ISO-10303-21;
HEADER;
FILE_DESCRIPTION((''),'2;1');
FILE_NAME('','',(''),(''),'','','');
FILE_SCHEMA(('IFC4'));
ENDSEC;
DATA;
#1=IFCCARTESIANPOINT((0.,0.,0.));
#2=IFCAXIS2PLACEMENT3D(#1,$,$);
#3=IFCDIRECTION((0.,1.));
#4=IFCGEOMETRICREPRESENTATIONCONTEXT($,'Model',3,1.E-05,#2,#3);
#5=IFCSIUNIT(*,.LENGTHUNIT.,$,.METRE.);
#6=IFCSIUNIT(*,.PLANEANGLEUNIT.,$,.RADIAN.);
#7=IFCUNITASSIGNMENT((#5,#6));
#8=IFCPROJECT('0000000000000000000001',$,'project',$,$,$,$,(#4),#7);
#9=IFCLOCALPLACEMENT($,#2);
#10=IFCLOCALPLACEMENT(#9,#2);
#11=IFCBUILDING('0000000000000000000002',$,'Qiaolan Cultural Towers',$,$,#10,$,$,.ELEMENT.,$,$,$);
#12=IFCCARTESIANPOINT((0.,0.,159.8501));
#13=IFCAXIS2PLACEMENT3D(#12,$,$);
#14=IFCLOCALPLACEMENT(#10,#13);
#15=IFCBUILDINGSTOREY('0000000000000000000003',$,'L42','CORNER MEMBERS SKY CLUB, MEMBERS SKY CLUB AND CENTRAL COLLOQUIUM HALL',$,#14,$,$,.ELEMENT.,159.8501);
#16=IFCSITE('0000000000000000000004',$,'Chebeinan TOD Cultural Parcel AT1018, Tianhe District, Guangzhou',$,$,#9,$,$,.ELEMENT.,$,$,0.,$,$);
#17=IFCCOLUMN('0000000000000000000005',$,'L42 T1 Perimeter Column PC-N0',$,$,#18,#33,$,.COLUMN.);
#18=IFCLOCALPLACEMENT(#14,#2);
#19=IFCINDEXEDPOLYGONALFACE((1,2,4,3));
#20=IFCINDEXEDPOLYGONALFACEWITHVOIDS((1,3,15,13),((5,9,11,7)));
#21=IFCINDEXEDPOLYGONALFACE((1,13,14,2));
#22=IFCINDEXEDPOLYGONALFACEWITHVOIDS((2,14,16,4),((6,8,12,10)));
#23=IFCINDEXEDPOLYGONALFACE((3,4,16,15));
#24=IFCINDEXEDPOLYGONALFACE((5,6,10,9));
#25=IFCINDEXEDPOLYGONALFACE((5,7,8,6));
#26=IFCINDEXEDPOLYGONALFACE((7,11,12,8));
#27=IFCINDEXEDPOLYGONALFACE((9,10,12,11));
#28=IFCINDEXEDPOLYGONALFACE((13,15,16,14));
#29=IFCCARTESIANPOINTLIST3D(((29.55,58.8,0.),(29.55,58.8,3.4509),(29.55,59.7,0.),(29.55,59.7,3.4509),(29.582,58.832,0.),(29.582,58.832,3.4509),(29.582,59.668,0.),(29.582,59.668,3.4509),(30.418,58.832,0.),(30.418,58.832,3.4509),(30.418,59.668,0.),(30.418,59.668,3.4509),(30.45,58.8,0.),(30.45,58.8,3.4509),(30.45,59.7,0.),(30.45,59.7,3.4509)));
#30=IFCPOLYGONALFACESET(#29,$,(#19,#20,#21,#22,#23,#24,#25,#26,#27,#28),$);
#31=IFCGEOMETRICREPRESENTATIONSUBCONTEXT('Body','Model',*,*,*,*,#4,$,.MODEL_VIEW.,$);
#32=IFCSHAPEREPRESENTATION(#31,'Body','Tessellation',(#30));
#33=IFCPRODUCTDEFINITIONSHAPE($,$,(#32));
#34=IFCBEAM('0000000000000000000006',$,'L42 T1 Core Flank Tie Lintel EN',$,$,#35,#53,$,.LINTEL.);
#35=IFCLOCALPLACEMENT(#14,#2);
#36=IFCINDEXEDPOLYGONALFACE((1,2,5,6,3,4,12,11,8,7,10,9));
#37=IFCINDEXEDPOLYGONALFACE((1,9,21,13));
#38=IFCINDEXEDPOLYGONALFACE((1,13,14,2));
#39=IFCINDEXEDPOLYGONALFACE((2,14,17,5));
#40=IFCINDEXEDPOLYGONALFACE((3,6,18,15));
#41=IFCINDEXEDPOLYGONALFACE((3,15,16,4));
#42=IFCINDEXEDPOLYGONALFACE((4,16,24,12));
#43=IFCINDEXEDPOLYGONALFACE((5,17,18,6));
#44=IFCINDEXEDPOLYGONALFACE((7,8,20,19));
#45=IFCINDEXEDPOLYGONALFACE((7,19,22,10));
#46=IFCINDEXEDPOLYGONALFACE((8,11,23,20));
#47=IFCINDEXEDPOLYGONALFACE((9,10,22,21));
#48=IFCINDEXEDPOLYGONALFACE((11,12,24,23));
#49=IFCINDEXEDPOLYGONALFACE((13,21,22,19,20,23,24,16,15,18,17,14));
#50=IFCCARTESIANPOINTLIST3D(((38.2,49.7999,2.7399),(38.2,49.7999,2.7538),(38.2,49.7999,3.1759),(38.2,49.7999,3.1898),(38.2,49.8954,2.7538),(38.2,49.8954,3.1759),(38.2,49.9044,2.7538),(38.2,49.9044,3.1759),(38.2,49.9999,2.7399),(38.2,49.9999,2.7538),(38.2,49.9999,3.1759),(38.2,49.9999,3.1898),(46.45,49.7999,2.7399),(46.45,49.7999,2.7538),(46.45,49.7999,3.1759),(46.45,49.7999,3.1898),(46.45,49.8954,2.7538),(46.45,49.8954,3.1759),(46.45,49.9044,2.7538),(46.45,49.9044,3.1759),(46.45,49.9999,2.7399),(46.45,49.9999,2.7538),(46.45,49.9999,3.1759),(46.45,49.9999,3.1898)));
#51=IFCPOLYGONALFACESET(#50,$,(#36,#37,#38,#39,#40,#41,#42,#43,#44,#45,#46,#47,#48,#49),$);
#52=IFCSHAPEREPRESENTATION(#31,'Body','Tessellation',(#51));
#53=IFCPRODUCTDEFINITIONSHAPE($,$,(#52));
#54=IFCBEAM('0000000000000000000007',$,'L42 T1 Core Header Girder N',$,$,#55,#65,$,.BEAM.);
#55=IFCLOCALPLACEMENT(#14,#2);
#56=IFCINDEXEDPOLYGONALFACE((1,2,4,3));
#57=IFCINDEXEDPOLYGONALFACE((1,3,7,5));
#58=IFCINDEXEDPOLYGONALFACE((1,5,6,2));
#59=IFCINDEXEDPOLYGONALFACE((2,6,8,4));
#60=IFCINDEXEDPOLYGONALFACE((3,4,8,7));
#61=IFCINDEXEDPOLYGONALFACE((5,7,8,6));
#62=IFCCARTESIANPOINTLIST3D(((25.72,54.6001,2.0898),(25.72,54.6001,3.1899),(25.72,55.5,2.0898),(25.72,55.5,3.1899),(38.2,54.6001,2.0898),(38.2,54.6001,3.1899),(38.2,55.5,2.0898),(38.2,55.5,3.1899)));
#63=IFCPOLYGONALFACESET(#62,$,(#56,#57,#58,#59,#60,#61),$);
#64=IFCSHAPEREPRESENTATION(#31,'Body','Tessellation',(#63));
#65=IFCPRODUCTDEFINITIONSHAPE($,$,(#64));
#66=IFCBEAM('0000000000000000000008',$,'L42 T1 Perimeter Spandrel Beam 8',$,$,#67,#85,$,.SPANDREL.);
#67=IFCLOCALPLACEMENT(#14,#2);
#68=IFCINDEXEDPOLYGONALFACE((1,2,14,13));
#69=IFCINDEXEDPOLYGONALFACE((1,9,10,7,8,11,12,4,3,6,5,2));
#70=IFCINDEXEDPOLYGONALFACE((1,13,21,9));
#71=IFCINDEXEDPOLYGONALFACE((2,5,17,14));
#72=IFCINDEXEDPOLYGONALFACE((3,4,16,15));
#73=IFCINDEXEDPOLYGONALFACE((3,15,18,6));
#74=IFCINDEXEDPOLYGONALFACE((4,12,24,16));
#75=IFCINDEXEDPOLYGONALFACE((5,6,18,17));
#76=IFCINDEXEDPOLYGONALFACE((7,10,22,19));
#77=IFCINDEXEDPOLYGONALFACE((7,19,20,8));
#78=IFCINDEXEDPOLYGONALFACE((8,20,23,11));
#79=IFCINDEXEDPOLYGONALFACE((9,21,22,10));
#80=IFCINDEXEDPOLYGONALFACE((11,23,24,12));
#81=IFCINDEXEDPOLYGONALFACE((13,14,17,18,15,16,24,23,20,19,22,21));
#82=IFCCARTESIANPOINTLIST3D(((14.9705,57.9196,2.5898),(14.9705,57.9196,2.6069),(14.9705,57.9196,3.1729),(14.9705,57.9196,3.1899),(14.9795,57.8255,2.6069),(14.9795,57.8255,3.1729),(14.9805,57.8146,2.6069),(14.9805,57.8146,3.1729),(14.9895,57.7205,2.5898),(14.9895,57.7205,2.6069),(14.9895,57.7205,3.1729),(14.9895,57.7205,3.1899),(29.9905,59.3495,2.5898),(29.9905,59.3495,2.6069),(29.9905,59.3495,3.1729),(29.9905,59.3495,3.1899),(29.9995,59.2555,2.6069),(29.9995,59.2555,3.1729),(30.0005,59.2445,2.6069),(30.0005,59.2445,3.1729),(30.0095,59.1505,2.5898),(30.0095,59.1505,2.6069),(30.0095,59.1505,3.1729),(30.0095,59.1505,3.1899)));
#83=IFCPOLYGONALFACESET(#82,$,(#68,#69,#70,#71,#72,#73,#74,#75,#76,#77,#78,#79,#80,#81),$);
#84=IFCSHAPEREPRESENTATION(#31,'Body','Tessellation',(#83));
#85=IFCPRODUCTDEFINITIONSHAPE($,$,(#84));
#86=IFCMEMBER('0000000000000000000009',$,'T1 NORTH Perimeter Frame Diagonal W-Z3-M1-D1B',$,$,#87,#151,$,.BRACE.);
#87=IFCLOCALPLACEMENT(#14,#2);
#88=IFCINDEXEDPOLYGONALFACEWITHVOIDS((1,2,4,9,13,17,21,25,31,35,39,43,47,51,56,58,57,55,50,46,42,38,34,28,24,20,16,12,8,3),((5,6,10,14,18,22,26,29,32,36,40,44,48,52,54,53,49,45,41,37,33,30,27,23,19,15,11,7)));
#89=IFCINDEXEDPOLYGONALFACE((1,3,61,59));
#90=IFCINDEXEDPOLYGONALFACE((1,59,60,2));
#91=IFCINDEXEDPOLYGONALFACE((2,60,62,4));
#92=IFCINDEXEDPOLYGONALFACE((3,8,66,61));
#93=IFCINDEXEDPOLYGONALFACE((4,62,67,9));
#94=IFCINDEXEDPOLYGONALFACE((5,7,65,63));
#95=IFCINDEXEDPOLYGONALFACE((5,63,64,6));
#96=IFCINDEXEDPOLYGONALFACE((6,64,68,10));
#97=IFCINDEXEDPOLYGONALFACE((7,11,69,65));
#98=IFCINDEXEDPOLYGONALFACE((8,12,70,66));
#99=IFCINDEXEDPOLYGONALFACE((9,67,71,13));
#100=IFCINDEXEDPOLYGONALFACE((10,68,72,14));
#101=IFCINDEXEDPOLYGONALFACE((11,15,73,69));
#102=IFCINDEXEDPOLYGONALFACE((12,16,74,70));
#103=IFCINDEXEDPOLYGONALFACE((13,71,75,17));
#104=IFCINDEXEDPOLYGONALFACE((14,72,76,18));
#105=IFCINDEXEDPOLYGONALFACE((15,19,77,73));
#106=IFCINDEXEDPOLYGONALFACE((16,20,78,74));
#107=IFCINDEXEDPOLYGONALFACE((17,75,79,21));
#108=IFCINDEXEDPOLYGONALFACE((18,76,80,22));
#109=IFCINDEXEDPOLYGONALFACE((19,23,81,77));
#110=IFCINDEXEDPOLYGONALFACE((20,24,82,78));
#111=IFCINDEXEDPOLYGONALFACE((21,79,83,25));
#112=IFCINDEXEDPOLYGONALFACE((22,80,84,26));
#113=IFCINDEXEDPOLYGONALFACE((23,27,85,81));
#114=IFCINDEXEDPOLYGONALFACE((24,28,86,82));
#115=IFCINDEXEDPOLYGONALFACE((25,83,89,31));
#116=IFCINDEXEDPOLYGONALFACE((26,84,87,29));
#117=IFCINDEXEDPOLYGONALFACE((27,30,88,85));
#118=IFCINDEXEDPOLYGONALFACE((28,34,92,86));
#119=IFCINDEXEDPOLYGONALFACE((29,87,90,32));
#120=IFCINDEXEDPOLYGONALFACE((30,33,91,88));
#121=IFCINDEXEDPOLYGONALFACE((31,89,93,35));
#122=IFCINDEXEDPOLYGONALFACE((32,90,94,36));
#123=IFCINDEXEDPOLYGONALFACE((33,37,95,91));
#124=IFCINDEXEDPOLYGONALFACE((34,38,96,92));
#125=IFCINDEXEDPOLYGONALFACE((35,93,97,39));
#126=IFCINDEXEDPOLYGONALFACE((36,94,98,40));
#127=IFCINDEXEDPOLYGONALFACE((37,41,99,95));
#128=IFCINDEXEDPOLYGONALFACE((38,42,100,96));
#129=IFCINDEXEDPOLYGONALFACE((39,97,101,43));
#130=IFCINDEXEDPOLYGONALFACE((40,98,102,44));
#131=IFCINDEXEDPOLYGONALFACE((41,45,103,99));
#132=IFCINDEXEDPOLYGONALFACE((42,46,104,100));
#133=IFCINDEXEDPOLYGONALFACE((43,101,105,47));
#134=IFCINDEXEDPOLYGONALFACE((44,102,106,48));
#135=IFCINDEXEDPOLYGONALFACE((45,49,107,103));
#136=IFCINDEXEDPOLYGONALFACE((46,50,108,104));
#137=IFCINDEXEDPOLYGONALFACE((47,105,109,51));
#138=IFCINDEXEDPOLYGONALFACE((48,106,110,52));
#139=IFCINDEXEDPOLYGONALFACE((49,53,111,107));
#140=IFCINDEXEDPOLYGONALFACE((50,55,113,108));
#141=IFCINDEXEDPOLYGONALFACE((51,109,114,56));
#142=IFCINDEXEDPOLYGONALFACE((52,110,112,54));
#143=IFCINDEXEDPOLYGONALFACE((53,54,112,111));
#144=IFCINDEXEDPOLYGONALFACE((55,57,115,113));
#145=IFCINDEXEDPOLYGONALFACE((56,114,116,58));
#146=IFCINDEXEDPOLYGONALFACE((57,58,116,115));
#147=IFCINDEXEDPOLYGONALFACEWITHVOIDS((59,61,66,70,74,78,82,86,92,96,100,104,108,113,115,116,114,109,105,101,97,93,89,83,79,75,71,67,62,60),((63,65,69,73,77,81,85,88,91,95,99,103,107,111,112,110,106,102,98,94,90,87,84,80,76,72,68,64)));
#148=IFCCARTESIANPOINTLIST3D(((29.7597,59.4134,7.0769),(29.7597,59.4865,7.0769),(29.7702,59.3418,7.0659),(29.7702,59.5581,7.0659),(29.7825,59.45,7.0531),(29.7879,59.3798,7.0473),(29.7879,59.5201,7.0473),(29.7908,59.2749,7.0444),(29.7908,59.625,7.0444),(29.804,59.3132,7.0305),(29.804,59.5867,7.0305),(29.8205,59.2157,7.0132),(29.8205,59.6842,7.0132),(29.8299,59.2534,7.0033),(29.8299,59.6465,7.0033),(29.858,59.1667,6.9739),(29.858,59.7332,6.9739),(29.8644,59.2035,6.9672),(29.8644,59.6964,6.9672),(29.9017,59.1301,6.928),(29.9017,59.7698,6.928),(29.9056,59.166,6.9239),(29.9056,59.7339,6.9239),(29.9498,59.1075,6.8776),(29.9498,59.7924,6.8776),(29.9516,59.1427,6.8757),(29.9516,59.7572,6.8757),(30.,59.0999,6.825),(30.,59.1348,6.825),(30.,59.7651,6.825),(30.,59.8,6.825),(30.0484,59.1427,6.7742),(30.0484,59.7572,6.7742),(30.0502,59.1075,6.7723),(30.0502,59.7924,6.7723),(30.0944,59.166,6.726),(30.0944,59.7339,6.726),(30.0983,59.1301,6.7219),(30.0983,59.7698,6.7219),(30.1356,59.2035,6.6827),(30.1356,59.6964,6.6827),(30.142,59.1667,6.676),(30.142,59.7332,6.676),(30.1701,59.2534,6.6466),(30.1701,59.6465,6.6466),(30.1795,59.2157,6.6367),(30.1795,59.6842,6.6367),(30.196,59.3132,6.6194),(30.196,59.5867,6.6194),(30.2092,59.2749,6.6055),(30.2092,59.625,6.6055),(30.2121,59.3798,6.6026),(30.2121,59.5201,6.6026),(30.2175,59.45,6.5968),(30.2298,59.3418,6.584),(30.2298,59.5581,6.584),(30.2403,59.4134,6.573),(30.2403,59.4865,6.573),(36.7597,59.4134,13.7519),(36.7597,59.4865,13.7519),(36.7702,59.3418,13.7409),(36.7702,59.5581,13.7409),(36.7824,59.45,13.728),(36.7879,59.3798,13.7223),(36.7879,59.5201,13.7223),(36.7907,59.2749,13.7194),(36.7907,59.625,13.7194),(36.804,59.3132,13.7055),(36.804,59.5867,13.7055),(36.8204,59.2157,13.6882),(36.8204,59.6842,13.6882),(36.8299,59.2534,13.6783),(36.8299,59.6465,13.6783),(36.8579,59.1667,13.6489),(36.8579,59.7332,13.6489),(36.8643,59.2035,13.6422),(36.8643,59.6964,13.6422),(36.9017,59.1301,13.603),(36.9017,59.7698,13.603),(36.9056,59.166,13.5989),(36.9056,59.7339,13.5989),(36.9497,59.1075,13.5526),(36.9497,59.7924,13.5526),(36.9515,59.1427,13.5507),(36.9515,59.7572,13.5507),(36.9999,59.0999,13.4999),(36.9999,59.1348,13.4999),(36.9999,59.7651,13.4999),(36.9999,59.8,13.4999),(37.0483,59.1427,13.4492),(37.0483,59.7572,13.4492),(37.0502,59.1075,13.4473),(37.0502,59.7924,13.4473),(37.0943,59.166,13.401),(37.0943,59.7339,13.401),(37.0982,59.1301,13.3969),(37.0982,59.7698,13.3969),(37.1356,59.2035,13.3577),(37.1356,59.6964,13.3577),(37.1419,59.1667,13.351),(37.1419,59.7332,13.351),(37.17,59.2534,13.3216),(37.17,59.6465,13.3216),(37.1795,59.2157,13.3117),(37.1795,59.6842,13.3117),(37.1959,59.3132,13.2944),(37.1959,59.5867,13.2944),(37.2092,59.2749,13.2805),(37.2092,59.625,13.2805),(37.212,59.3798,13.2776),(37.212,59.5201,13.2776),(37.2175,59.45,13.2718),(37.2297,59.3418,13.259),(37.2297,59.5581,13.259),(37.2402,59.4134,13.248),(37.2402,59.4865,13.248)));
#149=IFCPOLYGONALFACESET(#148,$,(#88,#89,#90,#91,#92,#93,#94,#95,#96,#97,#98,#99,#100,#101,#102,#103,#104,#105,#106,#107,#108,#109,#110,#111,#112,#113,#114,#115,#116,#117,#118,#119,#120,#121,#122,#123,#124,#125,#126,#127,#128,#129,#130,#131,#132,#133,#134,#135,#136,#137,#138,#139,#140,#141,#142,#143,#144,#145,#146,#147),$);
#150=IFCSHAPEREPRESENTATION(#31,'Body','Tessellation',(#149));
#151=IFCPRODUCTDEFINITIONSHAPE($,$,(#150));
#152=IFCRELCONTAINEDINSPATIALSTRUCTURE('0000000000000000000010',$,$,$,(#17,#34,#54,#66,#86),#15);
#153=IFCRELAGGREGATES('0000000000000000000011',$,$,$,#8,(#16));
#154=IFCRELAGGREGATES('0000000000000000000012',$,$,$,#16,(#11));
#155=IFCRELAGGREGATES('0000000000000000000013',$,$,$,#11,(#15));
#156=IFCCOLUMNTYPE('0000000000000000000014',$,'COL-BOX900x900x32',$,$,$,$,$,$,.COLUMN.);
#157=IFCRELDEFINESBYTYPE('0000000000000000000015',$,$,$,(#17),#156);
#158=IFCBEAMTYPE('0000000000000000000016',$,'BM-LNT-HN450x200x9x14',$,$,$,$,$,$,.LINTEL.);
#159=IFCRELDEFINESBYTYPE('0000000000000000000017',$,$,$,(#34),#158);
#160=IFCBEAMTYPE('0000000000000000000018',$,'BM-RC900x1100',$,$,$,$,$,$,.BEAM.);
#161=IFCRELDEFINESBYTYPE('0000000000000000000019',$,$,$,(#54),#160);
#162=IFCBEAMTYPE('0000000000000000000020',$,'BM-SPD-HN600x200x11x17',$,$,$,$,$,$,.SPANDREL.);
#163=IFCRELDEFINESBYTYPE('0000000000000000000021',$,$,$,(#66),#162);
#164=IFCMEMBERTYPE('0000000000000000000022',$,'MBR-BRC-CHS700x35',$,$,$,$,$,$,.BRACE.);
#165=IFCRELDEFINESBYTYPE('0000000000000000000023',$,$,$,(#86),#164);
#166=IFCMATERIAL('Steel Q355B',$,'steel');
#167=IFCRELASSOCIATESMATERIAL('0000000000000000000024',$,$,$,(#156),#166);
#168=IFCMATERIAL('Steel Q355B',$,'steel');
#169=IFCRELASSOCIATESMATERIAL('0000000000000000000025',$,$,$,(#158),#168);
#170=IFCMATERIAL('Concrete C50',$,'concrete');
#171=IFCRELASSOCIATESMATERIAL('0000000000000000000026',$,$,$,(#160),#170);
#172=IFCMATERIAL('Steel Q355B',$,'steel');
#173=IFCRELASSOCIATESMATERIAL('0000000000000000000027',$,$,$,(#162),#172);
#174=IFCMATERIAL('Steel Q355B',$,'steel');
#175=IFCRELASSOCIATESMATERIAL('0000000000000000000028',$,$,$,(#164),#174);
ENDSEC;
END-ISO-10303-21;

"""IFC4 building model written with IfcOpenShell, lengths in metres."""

from ifc_helpers import new_model, si_unit, direction, frame, origin, origin_2d, place, context, subcontext, project, spatial, rectangle, hollow_rectangle, hollow_circle, i_section, extrude, material, material_profile, profile_set, type_object, element, save


model = new_model("IFC4")

# Units and contexts
model_context = context("Model", 3, precision=1e-05, world=origin(), true_north=direction((0.0, 1.0)))
body_context = subcontext(model_context, "Body", "Model", "MODEL_VIEW")
ifc_project = project(units=[si_unit("LENGTHUNIT", "METRE"), si_unit("PLANEANGLEUNIT", "RADIAN")], contexts=[model_context])

# Site, building, storey
site_placement = place(None, origin())
site = spatial("IfcSite", under=ifc_project, at=site_placement, Name="Chebeinan TOD Cultural Parcel AT1018, Tianhe District, Guangzhou", CompositionType="ELEMENT", RefElevation=0.0)
building_placement = place(site_placement, origin())
building = spatial("IfcBuilding", under=site, at=building_placement, Name="Qiaolan Cultural Towers", CompositionType="ELEMENT")
storey_placement = place(building_placement, frame((0.0, 0.0, 159.8501)))
storey = spatial("IfcBuildingStorey", under=building, at=storey_placement, Name="L42", Description="CORNER MEMBERS SKY CLUB, MEMBERS SKY CLUB AND CENTRAL COLLOQUIUM HALL", CompositionType="ELEMENT", Elevation=159.8501)

# Column
ifc_material_1 = material(Name="Steel Q355B", Category="steel")
ifc_material_profile_1 = material_profile(ifc_material_1, hollow_rectangle(XDim=0.8999, YDim=0.8999, WallThickness=0.032, at=origin_2d()), Name="BOX900x900x32")
ifc_profile_set_1 = profile_set([ifc_material_profile_1], Name="Steel Q355B")
column_type = type_object("IfcColumnType", Name="COL-BOX900x900x32", PredefinedType="COLUMN", material=ifc_profile_set_1)
column_placement = place(storey_placement, frame((30.0, 59.25, 0.0), z_axis=(0.0, 0.0, 1.0), x_axis=(1.0, 0.0, 0.0)))
element("IfcColumn", 1, at=column_placement, inside=storey, type_object=column_type, Name="L42 T1 Perimeter Column PC-N0", PredefinedType="COLUMN", context=body_context, shape_type="SweptSolid", body=[
    extrude(hollow_rectangle(XDim=0.8999, YDim=0.8999, WallThickness=0.032, at=origin_2d()), origin(), (0.0, 0.0, 1.0), 3.4509),
])

# Beams
ifc_material_2 = material(Name="Steel Q355B", Category="steel")
ifc_material_profile_2 = material_profile(ifc_material_2, i_section(OverallWidth=0.2, OverallDepth=0.45, WebThickness=0.009, FlangeThickness=0.0139, at=origin_2d()), Name="HN450x200x9x14")
ifc_profile_set_2 = profile_set([ifc_material_profile_2], Name="Steel Q355B")
beam_type_1 = type_object("IfcBeamType", Name="BM-LNT-HN450x200x9x14", PredefinedType="LINTEL", material=ifc_profile_set_2)
beam_1_placement = place(storey_placement, frame((38.2, 49.8999, 2.9648), z_axis=(1.0, 0.0, 0.0), x_axis=(0.0, 1.0, 0.0)))
element("IfcBeam", 2, at=beam_1_placement, inside=storey, type_object=beam_type_1, Name="L42 T1 Core Flank Tie Lintel EN", PredefinedType="LINTEL", context=body_context, shape_type="SweptSolid", body=[
    extrude(i_section(OverallWidth=0.2, OverallDepth=0.45, WebThickness=0.009, FlangeThickness=0.0139, at=origin_2d()), origin(), (0.0, 0.0, 1.0), 8.25),
])
ifc_material_3 = material(Name="Concrete C50", Category="concrete")
ifc_material_profile_3 = material_profile(ifc_material_3, rectangle(XDim=0.8999, YDim=1.1001, at=origin_2d()), Name="RC900x1100")
ifc_profile_set_3 = profile_set([ifc_material_profile_3], Name="Concrete C50")
beam_type_2 = type_object("IfcBeamType", Name="BM-RC900x1100", PredefinedType="BEAM", material=ifc_profile_set_3)
beam_2_placement = place(storey_placement, frame((25.72, 55.05, 2.6399), z_axis=(1.0, 0.0, 0.0), x_axis=(0.0, 1.0, 0.0)))
element("IfcBeam", 3, at=beam_2_placement, inside=storey, type_object=beam_type_2, Name="L42 T1 Core Header Girder N", PredefinedType="BEAM", context=body_context, shape_type="SweptSolid", body=[
    extrude(rectangle(XDim=0.8999, YDim=1.1001, at=origin_2d()), origin(), (0.0, 0.0, 1.0), 12.48),
])
ifc_material_4 = material(Name="Steel Q355B", Category="steel")
ifc_material_profile_4 = material_profile(ifc_material_4, i_section(OverallWidth=0.2, OverallDepth=0.6001, WebThickness=0.011, FlangeThickness=0.0171, at=origin_2d()), Name="HN600x200x11x17")
ifc_profile_set_4 = profile_set([ifc_material_profile_4], Name="Steel Q355B")
beam_type_3 = type_object("IfcBeamType", Name="BM-SPD-HN600x200x11x17", PredefinedType="SPANDREL", material=ifc_profile_set_4)
beam_3_placement = place(storey_placement, frame((30.0, 59.25, 2.8899), z_axis=(-0.995499, -0.094773, 0.0), x_axis=(0.094773, -0.995499, 0.0)))
element("IfcBeam", 4, at=beam_3_placement, inside=storey, type_object=beam_type_3, Name="L42 T1 Perimeter Spandrel Beam 8", PredefinedType="SPANDREL", context=body_context, shape_type="SweptSolid", body=[
    extrude(i_section(OverallWidth=0.2, OverallDepth=0.6001, WebThickness=0.011, FlangeThickness=0.0171, at=origin_2d()), origin(), (0.0, 0.0, 1.0), 15.0879),
])

# Member
ifc_material_5 = material(Name="Steel Q355B", Category="steel")
ifc_material_profile_5 = material_profile(ifc_material_5, hollow_circle(Radius=0.3501, WallThickness=0.0349, at=origin_2d()), Name="CHS700x35")
ifc_profile_set_5 = profile_set([ifc_material_profile_5], Name="Steel Q355B")
member_type = type_object("IfcMemberType", Name="MBR-BRC-CHS700x35", PredefinedType="BRACE", material=ifc_profile_set_5)
for number, where, z_axis, x_axis, name in (
    (5, (30.0, 59.45, 6.825), (0.723705, 0.0, 0.690109), (0.0, 1.0, 0.0), "T1 NORTH Perimeter Frame Diagonal W-Z3-M1-D1B"),
):
    element("IfcMember", number, at=place(storey_placement, frame(where, z_axis=z_axis, x_axis=x_axis)), inside=storey, type_object=member_type, Name=name, PredefinedType="BRACE", context=body_context, shape_type="SweptSolid", body=[
        extrude(hollow_circle(Radius=0.3501, WallThickness=0.0349, at=origin_2d()), origin(), (0.0, 0.0, 1.0), 9.6724),
    ])

save(model, "model.ifc")
